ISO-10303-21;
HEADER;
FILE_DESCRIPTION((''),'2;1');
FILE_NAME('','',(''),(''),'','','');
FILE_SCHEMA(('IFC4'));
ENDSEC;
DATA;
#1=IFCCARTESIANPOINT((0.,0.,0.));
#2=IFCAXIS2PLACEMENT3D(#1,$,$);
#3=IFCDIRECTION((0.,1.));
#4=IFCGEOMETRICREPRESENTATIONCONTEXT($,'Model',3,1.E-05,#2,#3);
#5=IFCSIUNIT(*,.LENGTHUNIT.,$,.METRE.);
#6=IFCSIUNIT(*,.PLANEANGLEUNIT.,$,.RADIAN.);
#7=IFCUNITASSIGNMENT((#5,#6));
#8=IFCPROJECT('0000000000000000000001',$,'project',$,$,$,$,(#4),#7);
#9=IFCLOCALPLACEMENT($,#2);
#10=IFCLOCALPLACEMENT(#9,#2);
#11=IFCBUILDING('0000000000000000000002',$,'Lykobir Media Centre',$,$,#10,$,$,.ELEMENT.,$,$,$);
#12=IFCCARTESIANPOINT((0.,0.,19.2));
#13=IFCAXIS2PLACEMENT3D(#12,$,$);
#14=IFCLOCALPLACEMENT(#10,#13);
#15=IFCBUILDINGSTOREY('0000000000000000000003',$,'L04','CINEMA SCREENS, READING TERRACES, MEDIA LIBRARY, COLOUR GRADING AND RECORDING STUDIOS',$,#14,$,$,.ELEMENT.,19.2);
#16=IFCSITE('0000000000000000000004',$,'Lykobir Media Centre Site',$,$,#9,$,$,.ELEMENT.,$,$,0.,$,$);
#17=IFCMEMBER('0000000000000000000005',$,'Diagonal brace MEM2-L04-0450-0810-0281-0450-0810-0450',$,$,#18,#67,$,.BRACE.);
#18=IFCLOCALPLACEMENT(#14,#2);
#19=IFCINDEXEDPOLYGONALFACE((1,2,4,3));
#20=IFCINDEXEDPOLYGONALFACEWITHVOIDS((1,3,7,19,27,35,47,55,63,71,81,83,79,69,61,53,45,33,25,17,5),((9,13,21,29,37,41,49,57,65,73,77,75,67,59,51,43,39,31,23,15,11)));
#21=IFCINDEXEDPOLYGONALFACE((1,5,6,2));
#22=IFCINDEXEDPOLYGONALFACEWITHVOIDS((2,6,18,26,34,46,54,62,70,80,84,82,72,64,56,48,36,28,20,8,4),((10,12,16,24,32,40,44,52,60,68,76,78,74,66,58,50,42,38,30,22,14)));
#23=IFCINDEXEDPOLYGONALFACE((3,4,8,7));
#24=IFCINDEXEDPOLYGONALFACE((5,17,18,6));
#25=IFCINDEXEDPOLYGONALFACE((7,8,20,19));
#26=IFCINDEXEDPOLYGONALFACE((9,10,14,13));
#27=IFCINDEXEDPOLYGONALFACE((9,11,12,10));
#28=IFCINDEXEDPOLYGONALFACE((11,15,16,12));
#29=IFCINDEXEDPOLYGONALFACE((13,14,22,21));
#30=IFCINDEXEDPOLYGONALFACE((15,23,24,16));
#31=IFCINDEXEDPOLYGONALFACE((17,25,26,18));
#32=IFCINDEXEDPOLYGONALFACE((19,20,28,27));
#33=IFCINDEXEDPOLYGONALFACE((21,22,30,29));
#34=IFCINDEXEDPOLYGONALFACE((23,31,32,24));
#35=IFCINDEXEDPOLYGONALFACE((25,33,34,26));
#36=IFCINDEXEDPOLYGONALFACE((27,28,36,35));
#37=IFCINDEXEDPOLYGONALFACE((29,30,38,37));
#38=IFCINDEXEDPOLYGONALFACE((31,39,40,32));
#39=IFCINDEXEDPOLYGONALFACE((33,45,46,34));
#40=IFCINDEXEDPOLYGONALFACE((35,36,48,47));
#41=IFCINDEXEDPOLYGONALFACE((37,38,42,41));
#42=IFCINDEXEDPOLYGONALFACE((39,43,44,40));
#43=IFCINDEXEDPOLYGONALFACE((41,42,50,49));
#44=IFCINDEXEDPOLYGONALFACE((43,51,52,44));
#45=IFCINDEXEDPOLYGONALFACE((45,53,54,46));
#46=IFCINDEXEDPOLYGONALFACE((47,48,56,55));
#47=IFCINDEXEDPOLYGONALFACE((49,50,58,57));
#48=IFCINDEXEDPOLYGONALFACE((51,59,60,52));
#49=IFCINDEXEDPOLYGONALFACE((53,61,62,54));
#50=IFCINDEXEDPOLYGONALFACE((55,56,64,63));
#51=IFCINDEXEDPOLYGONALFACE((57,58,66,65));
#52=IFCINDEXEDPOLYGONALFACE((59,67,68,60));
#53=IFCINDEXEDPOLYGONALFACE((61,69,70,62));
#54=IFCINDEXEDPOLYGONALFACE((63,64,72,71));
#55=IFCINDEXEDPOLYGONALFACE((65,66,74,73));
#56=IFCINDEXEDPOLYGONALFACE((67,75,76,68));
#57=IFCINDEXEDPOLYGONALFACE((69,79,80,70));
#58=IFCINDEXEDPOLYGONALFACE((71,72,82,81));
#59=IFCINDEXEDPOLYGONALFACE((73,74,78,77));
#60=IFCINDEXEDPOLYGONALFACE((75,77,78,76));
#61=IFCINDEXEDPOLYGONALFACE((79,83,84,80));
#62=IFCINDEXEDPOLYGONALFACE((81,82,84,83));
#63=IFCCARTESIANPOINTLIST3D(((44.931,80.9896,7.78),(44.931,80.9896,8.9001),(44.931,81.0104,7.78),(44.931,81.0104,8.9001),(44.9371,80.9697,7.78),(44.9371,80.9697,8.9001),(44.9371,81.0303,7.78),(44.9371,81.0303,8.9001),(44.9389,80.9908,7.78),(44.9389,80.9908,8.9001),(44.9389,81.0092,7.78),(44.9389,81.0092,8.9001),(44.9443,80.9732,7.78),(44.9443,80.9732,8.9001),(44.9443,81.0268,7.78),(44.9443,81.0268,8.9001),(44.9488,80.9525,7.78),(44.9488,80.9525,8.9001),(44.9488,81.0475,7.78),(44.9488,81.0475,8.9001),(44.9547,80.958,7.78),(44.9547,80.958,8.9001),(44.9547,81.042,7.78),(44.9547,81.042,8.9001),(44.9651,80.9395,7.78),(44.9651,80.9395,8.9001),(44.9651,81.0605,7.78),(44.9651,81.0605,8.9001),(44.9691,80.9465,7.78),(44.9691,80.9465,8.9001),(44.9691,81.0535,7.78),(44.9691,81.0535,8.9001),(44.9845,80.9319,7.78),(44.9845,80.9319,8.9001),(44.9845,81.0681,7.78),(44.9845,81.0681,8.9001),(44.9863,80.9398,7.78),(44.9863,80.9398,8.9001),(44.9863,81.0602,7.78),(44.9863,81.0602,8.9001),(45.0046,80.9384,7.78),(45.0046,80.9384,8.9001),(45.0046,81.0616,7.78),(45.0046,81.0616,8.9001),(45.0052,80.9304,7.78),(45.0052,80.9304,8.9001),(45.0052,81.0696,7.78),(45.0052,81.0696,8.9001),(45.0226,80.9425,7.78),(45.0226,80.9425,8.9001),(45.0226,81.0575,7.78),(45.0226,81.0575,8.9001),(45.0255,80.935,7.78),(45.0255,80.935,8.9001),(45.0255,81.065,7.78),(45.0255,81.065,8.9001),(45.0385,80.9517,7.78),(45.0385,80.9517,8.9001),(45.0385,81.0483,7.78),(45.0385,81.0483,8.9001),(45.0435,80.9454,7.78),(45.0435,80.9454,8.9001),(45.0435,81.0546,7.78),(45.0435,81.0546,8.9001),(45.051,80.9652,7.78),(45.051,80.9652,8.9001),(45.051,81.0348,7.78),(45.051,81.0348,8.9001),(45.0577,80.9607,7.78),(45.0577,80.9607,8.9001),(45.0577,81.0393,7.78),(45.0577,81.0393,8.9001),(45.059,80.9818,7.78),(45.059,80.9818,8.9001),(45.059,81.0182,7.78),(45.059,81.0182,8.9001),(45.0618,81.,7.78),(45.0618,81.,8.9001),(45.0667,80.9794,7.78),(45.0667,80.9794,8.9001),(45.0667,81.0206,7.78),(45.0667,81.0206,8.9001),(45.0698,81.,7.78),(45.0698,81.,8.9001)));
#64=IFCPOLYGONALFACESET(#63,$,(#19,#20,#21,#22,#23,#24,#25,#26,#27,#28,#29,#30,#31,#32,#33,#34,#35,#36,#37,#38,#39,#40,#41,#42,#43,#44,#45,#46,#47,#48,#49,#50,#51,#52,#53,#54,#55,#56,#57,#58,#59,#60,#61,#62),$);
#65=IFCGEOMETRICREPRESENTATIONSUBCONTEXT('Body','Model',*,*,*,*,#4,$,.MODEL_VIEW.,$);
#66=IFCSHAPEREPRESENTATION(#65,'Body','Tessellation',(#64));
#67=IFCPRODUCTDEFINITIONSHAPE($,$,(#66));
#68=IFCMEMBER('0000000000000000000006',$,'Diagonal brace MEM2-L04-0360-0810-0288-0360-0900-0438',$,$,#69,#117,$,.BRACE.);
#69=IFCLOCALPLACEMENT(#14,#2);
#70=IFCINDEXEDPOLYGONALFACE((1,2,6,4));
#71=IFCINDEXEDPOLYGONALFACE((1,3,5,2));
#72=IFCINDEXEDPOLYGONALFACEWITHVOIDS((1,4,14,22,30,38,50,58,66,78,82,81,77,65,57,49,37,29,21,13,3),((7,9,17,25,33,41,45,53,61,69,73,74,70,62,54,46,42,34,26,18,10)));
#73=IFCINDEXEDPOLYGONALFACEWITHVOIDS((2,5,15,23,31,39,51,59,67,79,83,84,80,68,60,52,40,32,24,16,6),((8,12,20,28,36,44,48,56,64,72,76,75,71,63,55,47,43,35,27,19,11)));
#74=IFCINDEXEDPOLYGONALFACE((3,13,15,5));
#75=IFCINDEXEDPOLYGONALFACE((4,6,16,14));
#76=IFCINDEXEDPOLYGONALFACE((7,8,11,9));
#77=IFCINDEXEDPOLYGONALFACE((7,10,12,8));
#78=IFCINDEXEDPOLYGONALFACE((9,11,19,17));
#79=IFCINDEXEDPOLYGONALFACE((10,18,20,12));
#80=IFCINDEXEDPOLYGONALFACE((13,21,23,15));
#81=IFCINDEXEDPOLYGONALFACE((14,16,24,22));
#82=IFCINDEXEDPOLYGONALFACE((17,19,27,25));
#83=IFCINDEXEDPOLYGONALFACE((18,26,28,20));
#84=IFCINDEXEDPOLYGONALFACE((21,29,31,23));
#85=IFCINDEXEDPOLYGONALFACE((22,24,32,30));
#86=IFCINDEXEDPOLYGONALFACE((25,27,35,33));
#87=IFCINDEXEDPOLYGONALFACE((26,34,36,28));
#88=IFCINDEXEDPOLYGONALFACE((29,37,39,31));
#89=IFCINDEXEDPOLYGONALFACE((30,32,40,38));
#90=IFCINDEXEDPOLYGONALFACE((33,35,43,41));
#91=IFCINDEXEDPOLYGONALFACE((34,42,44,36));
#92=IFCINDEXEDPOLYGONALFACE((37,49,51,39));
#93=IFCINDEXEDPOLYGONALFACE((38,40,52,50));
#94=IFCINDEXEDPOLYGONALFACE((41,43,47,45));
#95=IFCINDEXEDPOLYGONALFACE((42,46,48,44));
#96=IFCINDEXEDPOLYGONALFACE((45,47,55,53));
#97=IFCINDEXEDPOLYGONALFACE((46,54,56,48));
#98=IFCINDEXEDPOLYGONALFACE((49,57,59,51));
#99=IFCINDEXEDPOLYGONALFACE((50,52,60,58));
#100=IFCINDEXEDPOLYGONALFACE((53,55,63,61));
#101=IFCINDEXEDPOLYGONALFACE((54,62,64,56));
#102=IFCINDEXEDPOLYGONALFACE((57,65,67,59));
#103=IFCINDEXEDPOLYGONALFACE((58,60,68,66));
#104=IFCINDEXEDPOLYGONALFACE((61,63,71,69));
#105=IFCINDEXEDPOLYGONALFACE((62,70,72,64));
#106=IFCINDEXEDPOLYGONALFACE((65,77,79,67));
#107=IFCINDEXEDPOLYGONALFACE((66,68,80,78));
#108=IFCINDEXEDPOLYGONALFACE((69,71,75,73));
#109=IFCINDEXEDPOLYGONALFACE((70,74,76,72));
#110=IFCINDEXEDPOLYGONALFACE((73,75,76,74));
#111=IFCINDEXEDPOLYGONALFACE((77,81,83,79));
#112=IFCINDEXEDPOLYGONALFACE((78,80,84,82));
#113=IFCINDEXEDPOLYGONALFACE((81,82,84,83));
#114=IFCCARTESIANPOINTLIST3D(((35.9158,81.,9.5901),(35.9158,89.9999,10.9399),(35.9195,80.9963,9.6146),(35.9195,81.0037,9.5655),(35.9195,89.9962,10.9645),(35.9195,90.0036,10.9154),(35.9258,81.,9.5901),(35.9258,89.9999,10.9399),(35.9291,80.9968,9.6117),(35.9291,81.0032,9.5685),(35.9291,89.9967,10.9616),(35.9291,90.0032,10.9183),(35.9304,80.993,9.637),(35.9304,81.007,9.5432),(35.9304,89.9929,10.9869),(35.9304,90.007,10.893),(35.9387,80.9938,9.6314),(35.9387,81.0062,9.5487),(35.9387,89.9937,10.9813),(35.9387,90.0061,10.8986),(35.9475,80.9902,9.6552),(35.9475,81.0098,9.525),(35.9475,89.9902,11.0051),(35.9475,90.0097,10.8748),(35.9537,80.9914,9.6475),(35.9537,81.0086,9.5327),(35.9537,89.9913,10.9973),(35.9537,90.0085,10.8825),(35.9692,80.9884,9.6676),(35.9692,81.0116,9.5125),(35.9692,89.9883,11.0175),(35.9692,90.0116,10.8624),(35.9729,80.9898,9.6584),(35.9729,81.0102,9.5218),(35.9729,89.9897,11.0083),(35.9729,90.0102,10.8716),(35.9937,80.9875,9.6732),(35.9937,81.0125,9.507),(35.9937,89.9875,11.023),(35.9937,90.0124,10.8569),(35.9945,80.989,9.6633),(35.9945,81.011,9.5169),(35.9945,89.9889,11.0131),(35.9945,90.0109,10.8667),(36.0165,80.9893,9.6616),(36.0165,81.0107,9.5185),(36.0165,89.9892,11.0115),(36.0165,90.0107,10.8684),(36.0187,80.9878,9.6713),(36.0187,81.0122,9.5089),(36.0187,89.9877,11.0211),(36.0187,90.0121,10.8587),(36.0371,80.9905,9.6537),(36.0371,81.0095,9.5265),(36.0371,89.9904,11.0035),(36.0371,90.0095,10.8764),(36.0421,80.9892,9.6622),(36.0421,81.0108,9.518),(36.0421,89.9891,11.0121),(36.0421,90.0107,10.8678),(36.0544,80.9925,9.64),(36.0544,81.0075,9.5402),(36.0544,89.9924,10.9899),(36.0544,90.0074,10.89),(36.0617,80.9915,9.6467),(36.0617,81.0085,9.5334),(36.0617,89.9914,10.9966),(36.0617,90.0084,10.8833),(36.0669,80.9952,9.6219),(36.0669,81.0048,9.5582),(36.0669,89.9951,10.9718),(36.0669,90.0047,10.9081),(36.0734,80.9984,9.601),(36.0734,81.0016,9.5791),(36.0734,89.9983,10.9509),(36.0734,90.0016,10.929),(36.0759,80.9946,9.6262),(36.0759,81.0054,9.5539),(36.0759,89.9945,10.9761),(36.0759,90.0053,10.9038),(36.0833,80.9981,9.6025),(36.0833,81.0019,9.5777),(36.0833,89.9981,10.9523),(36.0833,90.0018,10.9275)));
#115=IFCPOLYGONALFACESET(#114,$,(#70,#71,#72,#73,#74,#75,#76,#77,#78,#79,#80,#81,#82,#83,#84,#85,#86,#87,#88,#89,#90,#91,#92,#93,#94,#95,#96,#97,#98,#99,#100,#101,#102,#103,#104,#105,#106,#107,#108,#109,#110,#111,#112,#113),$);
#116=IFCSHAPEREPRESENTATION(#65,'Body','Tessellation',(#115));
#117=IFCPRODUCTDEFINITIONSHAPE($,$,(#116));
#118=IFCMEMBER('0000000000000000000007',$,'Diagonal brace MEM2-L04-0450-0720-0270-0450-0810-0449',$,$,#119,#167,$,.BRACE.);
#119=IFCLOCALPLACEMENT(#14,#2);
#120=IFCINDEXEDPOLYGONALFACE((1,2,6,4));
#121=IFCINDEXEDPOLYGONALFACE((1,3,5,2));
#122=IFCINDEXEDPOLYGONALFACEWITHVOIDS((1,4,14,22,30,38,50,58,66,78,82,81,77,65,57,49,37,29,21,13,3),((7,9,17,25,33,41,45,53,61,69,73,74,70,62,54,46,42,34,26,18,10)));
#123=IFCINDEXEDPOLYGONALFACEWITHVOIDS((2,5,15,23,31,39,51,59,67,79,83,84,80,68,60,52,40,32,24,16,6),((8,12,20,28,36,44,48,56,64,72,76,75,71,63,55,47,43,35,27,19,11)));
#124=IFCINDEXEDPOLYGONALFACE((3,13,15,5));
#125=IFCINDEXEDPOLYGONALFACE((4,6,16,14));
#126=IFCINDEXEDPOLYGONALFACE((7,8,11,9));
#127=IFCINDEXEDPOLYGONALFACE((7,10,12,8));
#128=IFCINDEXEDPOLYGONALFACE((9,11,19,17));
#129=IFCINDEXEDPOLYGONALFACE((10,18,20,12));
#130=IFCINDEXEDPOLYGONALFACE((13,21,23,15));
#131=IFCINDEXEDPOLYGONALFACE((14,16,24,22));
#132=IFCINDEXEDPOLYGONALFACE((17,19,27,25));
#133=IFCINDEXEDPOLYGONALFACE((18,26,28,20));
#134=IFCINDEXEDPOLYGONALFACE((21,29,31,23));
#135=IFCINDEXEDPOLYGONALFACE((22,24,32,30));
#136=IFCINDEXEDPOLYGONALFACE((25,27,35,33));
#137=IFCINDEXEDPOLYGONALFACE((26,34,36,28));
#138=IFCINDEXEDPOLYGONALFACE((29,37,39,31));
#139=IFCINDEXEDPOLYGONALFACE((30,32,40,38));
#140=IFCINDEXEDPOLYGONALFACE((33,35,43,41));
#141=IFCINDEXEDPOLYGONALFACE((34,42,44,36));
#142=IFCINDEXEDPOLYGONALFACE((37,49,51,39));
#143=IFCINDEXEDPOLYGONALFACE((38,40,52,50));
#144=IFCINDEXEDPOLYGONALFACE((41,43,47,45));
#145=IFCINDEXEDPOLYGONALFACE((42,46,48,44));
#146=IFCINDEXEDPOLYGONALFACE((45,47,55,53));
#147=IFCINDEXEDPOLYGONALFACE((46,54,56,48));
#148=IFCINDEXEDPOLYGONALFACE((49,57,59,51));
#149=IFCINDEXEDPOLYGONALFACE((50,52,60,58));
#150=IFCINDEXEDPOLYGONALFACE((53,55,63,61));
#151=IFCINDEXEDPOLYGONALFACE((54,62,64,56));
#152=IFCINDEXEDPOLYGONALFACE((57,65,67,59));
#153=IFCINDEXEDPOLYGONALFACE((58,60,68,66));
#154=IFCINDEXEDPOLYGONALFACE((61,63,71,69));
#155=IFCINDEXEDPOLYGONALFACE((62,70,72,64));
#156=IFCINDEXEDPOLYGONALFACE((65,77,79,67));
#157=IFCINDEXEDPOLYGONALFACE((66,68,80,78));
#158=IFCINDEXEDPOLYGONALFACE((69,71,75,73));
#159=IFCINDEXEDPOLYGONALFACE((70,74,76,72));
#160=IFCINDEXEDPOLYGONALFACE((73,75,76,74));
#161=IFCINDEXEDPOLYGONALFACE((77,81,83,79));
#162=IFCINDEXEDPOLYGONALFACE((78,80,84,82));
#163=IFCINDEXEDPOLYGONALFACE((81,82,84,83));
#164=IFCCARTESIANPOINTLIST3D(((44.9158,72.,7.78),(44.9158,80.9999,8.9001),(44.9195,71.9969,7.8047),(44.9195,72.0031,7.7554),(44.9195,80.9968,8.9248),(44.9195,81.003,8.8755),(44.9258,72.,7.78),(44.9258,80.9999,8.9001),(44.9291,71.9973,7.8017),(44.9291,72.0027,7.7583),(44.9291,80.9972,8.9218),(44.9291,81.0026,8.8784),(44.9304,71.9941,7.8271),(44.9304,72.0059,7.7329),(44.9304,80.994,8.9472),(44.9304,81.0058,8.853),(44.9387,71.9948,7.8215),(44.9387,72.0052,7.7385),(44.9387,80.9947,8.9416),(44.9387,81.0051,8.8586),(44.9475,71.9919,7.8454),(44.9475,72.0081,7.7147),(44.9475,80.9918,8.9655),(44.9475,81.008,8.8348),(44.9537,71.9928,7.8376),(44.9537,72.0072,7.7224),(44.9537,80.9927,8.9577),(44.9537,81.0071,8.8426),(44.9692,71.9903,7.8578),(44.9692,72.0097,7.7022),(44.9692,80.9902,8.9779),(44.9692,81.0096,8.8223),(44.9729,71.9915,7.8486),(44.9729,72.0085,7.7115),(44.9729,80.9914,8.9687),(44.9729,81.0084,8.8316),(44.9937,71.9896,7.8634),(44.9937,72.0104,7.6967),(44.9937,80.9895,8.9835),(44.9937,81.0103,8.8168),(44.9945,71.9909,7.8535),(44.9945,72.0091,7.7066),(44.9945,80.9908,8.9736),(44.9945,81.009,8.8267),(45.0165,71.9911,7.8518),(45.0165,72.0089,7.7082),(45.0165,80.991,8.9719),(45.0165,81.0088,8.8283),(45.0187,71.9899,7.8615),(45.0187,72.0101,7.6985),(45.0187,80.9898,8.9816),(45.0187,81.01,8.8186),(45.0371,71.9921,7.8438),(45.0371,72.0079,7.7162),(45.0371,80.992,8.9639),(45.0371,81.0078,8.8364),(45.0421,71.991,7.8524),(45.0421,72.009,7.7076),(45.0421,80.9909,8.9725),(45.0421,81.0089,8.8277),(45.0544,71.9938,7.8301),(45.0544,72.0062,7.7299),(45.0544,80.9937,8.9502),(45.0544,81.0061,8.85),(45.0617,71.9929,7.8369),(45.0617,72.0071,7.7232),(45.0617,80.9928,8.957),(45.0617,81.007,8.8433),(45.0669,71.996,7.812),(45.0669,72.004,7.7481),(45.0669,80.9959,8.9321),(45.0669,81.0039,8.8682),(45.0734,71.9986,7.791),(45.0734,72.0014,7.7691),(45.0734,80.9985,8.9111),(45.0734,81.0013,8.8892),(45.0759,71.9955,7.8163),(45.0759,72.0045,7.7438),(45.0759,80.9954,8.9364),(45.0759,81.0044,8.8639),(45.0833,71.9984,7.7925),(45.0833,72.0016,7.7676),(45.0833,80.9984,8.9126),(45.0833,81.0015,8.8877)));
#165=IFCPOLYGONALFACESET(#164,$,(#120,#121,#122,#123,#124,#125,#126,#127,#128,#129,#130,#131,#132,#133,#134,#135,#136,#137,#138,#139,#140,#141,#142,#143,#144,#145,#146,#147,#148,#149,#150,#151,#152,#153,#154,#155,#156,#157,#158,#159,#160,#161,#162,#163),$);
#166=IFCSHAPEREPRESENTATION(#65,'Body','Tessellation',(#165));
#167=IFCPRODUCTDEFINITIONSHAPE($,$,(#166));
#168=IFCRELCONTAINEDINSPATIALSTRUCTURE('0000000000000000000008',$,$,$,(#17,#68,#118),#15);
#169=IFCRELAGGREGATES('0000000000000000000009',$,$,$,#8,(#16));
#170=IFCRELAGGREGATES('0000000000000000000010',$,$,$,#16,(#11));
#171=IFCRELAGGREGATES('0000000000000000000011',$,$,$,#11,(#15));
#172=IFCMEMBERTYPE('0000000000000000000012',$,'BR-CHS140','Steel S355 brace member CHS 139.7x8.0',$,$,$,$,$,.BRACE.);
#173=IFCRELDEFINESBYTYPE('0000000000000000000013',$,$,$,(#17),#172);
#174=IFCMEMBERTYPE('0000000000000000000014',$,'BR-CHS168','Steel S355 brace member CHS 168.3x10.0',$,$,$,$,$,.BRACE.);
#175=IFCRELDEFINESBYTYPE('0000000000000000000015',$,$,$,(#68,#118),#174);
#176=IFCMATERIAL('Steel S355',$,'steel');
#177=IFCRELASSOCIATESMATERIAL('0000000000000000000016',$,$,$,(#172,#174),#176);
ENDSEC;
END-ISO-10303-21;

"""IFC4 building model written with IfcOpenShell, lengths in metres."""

from ifc_helpers import new_model, si_unit, direction, frame, origin, origin_2d, place, context, subcontext, project, spatial, hollow_circle, extrude, material, material_profile, profile_set, type_object, element, save


model = new_model("IFC4")

# Units and contexts
model_context = context("Model", 3, precision=1e-05, world=origin(), true_north=direction((0.0, 1.0)))
body_context = subcontext(model_context, "Body", "Model", "MODEL_VIEW")
ifc_project = project(units=[si_unit("LENGTHUNIT", "METRE"), si_unit("PLANEANGLEUNIT", "RADIAN")], contexts=[model_context])

# Site, building, storey
site_placement = place(None, origin())
site = spatial("IfcSite", under=ifc_project, at=site_placement, Name="Lykobir Media Centre Site", CompositionType="ELEMENT", RefElevation=0.0)
building_placement = place(site_placement, origin())
building = spatial("IfcBuilding", under=site, at=building_placement, Name="Lykobir Media Centre", CompositionType="ELEMENT")
storey_placement = place(building_placement, frame((0.0, 0.0, 19.2)))
storey = spatial("IfcBuildingStorey", under=building, at=storey_placement, Name="L04", Description="CINEMA SCREENS, READING TERRACES, MEDIA LIBRARY, COLOUR GRADING AND RECORDING STUDIOS", CompositionType="ELEMENT", Elevation=19.2)

# Shared definitions
ifc_material_1 = material(Name="Steel S355", Category="steel")

# Members
ifc_material_profile_1 = material_profile(ifc_material_1, hollow_circle(Radius=0.0698, WallThickness=0.0081, at=origin_2d()), Name="CHS 139.7x8.0")
ifc_profile_set_1 = profile_set([ifc_material_profile_1], Name="Steel S355")
member_type_1 = type_object("IfcMemberType", Name="BR-CHS140", Description="Steel S355 brace member CHS 139.7x8.0", PredefinedType="BRACE", material=ifc_profile_set_1)
for number, where, z_axis, x_axis, name in (
    (1, (45.0, 81.0, 8.9001), (0.0, 0.0, -1.0), (1.0, 0.0, 0.0), "Diagonal brace MEM2-L04-0450-0810-0281-0450-0810-0450"),
):
    element("IfcMember", number, at=place(storey_placement, frame(where, z_axis=z_axis, x_axis=x_axis)), inside=storey, type_object=member_type_1, Name=name, PredefinedType="BRACE", context=body_context, shape_type="SweptSolid", body=[
        extrude(hollow_circle(Radius=0.0698, WallThickness=0.0081, at=origin_2d()), origin(), (0.0, 0.0, 1.0), 1.1201),
    ])
ifc_material_profile_2 = material_profile(ifc_material_1, hollow_circle(Radius=0.0842, WallThickness=0.01, at=origin_2d()), Name="CHS 168.3x10.0")
ifc_profile_set_2 = profile_set([ifc_material_profile_2], Name="Steel S355")
member_type_2 = type_object("IfcMemberType", Name="BR-CHS168", Description="Steel S355 brace member CHS 168.3x10.0", PredefinedType="BRACE", material=ifc_profile_set_2)
member_1_placement = place(storey_placement, frame((36.0, 81.0, 9.5901), z_axis=(0.0, 0.988939, 0.148325), x_axis=(-1.0, 0.0, 0.0)))
element("IfcMember", 2, at=member_1_placement, inside=storey, type_object=member_type_2, Name="Diagonal brace MEM2-L04-0360-0810-0288-0360-0900-0438", PredefinedType="BRACE", context=body_context, shape_type="SweptSolid", body=[
    extrude(hollow_circle(Radius=0.0842, WallThickness=0.01, at=origin_2d()), origin(), (0.0, 0.0, 1.0), 9.1006),
])
for number, where, z_axis, x_axis, name in (
    (3, (45.0, 72.0, 7.78), (0.0, 0.992344, 0.123505), (-1.0, 0.0, 0.0), "Diagonal brace MEM2-L04-0450-0720-0270-0450-0810-0449"),
):
    element("IfcMember", number, at=place(storey_placement, frame(where, z_axis=z_axis, x_axis=x_axis)), inside=storey, type_object=member_type_2, Name=name, PredefinedType="BRACE", context=body_context, shape_type="SweptSolid", body=[
        extrude(hollow_circle(Radius=0.0842, WallThickness=0.01, at=origin_2d()), origin(), (0.0, 0.0, 1.0), 9.0693),
    ])

save(model, "model.ifc")
